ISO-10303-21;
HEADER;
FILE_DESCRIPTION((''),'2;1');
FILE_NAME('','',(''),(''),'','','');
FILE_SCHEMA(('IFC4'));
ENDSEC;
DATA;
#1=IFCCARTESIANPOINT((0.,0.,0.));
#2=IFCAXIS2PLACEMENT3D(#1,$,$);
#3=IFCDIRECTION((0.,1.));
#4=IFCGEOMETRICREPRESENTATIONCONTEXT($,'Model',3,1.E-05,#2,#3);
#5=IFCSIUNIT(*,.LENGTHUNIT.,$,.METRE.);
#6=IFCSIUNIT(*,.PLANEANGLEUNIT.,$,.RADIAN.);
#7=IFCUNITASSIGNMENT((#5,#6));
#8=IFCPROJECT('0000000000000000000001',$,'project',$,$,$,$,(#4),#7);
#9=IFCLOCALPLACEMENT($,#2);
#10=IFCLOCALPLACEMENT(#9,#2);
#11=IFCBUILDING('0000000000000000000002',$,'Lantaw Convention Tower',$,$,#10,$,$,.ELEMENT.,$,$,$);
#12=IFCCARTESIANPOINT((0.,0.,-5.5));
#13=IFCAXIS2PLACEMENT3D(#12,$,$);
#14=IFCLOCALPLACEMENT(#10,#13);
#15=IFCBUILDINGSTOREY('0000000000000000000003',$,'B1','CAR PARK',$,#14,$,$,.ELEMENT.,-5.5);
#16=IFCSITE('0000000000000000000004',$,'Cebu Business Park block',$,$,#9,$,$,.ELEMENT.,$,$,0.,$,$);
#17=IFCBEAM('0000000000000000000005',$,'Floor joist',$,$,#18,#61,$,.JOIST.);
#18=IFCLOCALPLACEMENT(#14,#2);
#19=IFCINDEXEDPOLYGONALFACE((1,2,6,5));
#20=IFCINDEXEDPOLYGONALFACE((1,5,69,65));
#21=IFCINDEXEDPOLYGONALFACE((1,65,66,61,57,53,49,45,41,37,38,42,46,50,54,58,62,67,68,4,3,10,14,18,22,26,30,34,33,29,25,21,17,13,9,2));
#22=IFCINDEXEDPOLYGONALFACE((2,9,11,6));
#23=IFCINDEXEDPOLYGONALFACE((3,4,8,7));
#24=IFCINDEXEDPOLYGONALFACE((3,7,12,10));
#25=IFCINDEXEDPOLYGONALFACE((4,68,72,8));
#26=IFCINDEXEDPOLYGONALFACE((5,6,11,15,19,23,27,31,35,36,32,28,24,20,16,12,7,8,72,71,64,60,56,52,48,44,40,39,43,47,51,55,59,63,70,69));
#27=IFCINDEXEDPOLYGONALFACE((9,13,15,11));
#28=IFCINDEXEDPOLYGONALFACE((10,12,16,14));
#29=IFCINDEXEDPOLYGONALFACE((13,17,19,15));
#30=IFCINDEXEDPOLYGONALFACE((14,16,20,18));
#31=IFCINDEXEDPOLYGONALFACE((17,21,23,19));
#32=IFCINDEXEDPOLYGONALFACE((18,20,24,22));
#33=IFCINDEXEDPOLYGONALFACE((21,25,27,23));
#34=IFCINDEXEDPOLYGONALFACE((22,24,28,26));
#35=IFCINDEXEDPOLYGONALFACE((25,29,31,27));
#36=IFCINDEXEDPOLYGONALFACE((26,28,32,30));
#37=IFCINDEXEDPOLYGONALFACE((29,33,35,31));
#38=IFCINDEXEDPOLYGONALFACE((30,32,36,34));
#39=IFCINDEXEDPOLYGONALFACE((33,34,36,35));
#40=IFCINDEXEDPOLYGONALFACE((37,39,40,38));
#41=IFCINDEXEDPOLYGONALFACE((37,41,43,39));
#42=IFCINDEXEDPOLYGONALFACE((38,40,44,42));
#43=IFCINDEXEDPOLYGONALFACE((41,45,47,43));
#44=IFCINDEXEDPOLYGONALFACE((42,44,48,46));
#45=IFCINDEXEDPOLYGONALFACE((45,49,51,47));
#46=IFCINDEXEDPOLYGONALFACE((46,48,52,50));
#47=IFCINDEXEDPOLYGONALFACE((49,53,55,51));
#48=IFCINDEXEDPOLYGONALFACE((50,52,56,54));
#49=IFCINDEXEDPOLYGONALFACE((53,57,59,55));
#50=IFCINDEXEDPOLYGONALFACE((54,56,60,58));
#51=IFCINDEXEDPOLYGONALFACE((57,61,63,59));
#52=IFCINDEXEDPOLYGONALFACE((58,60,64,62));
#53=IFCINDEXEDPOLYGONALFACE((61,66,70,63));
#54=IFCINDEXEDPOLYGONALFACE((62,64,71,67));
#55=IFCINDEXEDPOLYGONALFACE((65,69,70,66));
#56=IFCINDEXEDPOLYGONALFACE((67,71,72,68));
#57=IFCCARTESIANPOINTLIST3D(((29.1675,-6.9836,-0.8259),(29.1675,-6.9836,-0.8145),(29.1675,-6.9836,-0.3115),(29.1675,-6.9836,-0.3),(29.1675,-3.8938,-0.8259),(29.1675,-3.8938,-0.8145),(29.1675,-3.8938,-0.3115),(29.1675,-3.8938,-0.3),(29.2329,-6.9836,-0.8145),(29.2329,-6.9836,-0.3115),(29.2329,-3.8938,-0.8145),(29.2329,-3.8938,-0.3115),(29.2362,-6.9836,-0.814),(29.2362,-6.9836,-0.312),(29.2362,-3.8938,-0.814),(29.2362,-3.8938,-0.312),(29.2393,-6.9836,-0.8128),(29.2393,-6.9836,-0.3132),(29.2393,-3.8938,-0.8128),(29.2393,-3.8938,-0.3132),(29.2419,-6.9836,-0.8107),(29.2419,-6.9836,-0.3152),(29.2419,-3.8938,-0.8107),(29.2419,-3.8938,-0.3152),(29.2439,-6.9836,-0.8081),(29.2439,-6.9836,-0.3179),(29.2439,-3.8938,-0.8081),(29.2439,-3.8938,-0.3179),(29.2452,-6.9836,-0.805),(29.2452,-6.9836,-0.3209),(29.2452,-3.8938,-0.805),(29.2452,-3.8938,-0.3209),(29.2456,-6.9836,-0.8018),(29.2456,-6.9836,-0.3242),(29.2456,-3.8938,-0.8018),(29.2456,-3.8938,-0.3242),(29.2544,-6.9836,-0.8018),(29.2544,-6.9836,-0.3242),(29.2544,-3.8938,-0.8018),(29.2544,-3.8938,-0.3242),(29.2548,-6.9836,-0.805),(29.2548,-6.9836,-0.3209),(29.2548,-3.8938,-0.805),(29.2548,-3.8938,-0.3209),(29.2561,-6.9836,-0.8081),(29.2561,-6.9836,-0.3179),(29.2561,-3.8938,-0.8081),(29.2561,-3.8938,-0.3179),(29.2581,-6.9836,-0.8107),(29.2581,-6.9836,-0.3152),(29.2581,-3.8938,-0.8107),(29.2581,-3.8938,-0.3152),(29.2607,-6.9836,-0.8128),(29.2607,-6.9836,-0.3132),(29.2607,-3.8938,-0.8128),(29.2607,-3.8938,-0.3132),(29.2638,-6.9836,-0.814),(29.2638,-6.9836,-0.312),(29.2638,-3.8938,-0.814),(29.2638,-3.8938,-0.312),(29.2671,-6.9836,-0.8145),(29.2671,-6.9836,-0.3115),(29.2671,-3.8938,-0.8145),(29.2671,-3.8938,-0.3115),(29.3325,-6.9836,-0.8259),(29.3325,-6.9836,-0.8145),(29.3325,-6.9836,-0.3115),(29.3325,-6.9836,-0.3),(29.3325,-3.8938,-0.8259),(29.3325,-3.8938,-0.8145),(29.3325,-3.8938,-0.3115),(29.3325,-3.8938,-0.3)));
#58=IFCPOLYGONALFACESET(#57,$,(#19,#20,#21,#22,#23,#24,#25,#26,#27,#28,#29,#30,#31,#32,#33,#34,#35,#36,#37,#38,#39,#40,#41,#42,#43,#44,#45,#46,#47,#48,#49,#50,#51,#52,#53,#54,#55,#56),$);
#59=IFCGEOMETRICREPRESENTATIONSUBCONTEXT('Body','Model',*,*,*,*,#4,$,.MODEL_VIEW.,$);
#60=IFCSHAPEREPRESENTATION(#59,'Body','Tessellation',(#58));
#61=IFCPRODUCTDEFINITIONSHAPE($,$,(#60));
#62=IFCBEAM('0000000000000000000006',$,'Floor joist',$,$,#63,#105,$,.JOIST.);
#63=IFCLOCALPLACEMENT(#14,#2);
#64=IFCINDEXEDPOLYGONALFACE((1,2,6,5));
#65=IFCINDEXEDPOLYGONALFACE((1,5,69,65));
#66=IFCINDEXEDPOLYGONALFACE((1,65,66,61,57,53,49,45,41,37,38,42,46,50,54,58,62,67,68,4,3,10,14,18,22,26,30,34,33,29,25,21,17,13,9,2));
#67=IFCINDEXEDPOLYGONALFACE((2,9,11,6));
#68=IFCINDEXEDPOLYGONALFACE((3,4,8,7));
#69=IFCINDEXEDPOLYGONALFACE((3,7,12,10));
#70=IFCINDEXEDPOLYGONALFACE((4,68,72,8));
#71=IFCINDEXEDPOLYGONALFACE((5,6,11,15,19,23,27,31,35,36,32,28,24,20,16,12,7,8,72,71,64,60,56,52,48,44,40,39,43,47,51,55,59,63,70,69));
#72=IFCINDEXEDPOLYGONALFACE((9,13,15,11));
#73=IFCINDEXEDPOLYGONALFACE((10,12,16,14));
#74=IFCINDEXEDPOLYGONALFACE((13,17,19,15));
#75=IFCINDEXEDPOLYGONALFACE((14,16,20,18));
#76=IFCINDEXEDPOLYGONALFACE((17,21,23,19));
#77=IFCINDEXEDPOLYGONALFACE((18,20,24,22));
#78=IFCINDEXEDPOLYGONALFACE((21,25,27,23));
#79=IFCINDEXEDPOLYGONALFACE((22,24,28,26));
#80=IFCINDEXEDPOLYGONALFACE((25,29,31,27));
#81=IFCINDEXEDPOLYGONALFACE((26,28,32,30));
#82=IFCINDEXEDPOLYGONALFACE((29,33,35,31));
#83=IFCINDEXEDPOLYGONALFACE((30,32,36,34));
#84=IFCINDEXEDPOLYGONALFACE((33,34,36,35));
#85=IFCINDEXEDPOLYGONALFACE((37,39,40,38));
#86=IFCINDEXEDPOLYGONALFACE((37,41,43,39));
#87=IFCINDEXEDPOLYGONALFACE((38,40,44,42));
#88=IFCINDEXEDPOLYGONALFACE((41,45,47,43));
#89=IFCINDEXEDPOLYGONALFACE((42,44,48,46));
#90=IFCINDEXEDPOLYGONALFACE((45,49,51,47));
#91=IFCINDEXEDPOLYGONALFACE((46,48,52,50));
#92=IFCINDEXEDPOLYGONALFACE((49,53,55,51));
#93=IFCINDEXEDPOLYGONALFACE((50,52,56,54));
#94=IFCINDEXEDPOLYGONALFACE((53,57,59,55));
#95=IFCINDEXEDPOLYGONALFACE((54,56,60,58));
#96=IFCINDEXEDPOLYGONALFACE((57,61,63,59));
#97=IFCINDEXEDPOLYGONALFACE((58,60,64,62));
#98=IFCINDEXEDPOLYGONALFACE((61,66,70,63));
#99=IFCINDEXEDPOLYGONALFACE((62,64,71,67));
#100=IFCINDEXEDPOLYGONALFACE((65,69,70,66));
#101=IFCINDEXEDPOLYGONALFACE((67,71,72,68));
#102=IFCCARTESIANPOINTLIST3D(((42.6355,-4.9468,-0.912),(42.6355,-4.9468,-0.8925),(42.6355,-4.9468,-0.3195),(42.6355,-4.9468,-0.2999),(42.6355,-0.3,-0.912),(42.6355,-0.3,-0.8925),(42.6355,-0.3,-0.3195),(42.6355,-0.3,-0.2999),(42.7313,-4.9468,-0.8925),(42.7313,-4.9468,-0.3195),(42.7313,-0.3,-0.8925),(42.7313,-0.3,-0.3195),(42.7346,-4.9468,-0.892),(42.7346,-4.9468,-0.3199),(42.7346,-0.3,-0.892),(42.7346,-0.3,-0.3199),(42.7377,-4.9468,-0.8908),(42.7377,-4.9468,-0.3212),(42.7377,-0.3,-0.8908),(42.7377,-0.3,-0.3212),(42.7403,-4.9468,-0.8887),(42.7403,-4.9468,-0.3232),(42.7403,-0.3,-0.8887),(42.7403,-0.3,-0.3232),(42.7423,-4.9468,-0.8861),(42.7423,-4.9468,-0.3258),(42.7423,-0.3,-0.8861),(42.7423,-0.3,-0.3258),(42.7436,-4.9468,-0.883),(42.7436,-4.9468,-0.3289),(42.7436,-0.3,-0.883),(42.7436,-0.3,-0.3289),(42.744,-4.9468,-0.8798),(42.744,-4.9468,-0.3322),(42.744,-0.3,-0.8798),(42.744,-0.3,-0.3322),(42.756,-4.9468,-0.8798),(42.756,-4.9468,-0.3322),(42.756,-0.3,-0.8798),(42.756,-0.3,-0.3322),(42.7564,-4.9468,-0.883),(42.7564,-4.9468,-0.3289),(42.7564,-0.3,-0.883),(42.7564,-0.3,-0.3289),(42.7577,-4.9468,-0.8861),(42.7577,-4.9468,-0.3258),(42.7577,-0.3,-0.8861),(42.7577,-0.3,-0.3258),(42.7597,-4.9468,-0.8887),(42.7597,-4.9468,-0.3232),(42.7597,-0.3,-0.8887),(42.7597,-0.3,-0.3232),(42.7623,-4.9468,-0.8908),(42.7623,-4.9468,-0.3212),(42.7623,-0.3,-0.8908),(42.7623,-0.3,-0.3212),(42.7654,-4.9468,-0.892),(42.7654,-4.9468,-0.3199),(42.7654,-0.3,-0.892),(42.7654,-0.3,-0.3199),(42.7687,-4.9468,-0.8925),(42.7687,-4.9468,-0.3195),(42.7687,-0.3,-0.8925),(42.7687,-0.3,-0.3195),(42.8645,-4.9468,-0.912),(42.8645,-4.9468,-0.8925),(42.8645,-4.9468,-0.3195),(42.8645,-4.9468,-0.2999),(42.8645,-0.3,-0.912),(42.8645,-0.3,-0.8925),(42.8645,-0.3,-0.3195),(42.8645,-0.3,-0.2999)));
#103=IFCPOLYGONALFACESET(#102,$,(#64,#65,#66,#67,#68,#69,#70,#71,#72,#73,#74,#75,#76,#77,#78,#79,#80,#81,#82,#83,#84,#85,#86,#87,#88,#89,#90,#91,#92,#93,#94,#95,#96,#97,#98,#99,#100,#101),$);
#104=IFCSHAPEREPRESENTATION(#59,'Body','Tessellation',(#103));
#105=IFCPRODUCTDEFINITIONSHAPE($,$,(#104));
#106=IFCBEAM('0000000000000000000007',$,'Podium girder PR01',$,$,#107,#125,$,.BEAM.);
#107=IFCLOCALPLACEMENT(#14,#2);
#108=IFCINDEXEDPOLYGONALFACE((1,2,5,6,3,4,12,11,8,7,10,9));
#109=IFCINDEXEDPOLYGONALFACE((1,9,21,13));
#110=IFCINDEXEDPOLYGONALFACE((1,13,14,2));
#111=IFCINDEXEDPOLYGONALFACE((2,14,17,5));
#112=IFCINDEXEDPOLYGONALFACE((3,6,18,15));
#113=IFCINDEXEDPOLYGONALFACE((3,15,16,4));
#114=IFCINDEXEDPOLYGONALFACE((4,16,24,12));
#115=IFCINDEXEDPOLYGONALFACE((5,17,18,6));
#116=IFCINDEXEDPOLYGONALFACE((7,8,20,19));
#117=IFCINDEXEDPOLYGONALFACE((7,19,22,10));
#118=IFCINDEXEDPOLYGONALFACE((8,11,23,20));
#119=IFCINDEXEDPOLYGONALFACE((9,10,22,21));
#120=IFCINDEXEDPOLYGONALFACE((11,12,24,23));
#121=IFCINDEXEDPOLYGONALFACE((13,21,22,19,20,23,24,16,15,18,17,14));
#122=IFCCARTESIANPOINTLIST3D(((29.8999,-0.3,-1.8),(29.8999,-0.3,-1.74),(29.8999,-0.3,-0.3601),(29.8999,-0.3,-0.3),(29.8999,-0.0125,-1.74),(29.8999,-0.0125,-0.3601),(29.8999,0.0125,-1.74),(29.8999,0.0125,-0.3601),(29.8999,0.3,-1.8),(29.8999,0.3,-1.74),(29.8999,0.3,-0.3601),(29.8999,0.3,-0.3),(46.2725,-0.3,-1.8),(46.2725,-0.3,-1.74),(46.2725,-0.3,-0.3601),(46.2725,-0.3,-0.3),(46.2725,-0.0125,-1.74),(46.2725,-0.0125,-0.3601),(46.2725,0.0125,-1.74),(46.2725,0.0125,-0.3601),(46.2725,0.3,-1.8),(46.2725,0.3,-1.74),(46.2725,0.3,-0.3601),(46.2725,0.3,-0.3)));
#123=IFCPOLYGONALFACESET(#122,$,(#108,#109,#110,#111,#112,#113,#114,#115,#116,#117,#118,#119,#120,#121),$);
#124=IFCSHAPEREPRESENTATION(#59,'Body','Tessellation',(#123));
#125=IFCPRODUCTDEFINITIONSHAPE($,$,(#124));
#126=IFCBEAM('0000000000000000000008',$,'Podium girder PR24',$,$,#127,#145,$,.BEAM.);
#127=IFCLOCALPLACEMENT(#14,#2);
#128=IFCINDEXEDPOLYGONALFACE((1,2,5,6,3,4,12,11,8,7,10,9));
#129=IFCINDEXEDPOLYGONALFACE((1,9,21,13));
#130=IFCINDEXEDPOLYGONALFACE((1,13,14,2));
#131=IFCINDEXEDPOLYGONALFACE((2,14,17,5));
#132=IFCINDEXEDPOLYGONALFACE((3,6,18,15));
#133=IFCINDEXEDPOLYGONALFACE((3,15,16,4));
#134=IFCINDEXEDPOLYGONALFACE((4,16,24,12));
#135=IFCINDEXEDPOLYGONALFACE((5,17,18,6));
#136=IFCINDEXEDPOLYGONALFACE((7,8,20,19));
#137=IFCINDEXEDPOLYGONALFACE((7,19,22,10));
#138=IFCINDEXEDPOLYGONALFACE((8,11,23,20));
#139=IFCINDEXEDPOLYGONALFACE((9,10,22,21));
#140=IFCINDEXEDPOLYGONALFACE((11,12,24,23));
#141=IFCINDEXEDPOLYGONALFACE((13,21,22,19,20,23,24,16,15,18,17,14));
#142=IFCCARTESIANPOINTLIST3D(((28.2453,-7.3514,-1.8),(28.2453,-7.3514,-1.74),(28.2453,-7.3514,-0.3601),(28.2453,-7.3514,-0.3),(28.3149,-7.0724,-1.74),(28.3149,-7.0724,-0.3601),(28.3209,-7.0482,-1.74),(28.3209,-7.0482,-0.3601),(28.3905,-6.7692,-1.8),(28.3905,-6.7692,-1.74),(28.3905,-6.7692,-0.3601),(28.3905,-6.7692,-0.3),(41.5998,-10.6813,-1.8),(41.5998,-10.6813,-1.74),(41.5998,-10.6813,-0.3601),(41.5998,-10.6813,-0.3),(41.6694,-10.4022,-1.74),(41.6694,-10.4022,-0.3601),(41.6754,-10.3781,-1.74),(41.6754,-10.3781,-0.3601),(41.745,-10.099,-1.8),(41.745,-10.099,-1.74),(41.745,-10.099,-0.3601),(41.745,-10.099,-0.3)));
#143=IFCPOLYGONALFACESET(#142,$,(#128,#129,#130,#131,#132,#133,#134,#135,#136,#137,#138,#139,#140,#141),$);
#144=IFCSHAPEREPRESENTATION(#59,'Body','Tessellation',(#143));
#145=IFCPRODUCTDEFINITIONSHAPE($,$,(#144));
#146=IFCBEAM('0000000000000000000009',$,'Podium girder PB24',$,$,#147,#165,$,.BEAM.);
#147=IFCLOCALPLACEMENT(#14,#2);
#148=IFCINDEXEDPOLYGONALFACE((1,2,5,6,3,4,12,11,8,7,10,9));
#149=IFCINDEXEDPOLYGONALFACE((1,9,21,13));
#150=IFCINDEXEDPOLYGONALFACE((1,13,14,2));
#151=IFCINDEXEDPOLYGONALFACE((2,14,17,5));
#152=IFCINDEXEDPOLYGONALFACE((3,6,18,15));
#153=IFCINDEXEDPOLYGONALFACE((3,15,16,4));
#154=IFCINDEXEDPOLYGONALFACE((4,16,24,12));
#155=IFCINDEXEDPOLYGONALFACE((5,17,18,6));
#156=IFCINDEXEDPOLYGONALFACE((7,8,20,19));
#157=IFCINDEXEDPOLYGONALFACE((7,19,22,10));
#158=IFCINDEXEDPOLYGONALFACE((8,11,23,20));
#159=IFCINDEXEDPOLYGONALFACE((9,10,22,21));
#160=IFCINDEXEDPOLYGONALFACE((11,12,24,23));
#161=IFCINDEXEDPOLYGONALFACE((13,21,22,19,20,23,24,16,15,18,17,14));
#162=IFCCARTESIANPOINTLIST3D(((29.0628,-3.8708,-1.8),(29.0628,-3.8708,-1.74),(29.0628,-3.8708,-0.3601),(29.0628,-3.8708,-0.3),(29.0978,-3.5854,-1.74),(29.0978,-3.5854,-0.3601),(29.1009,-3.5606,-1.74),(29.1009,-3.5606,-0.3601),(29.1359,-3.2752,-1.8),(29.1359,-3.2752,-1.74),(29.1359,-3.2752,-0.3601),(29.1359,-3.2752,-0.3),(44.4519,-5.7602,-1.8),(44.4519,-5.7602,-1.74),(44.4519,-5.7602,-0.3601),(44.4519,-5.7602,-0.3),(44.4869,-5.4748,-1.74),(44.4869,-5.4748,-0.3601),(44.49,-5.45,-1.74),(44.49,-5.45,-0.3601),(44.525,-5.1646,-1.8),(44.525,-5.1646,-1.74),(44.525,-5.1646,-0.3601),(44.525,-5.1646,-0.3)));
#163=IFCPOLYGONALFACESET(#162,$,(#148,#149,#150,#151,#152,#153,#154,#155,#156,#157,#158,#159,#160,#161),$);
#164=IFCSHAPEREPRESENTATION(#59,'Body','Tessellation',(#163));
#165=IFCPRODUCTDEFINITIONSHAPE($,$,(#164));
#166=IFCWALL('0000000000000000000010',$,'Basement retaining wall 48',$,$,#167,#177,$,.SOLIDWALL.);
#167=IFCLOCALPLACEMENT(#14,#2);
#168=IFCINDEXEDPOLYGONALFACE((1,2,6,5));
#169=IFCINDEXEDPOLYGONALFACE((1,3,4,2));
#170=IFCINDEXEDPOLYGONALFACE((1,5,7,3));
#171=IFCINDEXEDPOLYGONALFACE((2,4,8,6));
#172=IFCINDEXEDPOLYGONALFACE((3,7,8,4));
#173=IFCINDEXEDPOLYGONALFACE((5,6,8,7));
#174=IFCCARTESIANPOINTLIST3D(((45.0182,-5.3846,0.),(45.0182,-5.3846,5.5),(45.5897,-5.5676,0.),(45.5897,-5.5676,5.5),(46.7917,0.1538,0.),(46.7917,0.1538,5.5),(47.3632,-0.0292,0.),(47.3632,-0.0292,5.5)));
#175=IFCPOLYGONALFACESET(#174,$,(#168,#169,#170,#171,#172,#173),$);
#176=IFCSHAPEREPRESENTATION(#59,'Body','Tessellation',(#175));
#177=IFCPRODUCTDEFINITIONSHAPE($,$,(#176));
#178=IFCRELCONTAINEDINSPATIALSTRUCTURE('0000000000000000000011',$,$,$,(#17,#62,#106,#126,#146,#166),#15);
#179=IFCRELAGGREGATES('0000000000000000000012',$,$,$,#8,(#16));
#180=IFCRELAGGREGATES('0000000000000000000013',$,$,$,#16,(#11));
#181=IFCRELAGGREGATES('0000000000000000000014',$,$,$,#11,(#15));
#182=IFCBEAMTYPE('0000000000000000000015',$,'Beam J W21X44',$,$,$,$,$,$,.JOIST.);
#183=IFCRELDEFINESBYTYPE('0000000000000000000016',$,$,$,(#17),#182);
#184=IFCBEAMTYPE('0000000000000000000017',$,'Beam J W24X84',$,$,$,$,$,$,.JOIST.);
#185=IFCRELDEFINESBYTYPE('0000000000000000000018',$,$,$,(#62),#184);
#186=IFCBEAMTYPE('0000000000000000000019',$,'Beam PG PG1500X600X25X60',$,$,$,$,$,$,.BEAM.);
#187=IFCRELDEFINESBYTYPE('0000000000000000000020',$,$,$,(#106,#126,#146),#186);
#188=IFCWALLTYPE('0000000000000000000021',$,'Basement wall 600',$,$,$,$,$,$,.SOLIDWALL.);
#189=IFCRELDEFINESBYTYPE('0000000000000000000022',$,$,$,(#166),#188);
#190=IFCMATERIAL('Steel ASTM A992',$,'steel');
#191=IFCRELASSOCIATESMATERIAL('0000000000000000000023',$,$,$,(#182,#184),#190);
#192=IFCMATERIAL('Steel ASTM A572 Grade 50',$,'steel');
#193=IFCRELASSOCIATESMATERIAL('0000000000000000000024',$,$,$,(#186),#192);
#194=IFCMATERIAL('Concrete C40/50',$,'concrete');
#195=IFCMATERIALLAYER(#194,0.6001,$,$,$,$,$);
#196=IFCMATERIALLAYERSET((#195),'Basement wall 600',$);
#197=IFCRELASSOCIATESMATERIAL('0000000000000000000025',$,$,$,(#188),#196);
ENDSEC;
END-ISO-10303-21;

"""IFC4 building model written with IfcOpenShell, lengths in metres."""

from ifc_helpers import new_model, si_unit, direction, frame, frame_2d, origin, origin_2d, place, context, subcontext, project, spatial, rectangle, i_section, extrude, material, layer, layer_set, material_profile, profile_set, type_object, element, save


model = new_model("IFC4")

# Units and contexts
model_context = context("Model", 3, precision=1e-05, world=origin(), true_north=direction((0.0, 1.0)))
body_context = subcontext(model_context, "Body", "Model", "MODEL_VIEW")
ifc_project = project(units=[si_unit("LENGTHUNIT", "METRE"), si_unit("PLANEANGLEUNIT", "RADIAN")], contexts=[model_context])

# Site, building, storey
site_placement = place(None, origin())
site = spatial("IfcSite", under=ifc_project, at=site_placement, Name="Cebu Business Park block", CompositionType="ELEMENT", RefElevation=0.0)
building_placement = place(site_placement, origin())
building = spatial("IfcBuilding", under=site, at=building_placement, Name="Lantaw Convention Tower", CompositionType="ELEMENT")
storey_placement = place(building_placement, frame((0.0, 0.0, -5.5)))
storey = spatial("IfcBuildingStorey", under=building, at=storey_placement, Name="B1", Description="CAR PARK", CompositionType="ELEMENT", Elevation=-5.5)

# Shared definitions
ifc_material_1 = material(Name="Steel ASTM A572 Grade 50", Category="steel")

# Beams
ifc_material_2 = material(Name="Steel ASTM A992", Category="steel")
ifc_material_profile_1 = material_profile(ifc_material_2, i_section(OverallWidth=0.165, OverallDepth=0.5259, WebThickness=0.0088, FlangeThickness=0.0115, FilletRadius=0.0127, at=origin_2d()), Name="W21X44")
ifc_profile_set_1 = profile_set([ifc_material_profile_1], Name="Steel ASTM A992")
beam_type_1 = type_object("IfcBeamType", Name="Beam J W21X44", PredefinedType="JOIST", material=ifc_profile_set_1)
beam_1_placement = place(storey_placement, frame((29.25, -6.9836, -0.563), z_axis=(0.0, 1.0, 0.0), x_axis=(-1.0, 0.0, 0.0)))
element("IfcBeam", 1, at=beam_1_placement, inside=storey, type_object=beam_type_1, Name="Floor joist", PredefinedType="JOIST", context=body_context, shape_type="SweptSolid", body=[
    extrude(i_section(OverallWidth=0.165, OverallDepth=0.5259, WebThickness=0.0088, FlangeThickness=0.0115, FilletRadius=0.0127, at=origin_2d()), origin(), (0.0, 0.0, 1.0), 3.0898),
])
ifc_material_profile_2 = material_profile(ifc_material_2, i_section(OverallWidth=0.229, OverallDepth=0.6121, WebThickness=0.012, FlangeThickness=0.0195, FilletRadius=0.0127, at=origin_2d()), Name="W24X84")
ifc_profile_set_2 = profile_set([ifc_material_profile_2], Name="Steel ASTM A992")
beam_type_2 = type_object("IfcBeamType", Name="Beam J W24X84", PredefinedType="JOIST", material=ifc_profile_set_2)
beam_2_placement = place(storey_placement, frame((42.75, -4.9468, -0.606), z_axis=(0.0, 1.0, 0.0), x_axis=(-1.0, 0.0, 0.0)))
element("IfcBeam", 2, at=beam_2_placement, inside=storey, type_object=beam_type_2, Name="Floor joist", PredefinedType="JOIST", context=body_context, shape_type="SweptSolid", body=[
    extrude(i_section(OverallWidth=0.229, OverallDepth=0.6121, WebThickness=0.012, FlangeThickness=0.0195, FilletRadius=0.0127, at=origin_2d()), origin(), (0.0, 0.0, 1.0), 4.6467),
])
ifc_material_profile_3 = material_profile(ifc_material_1, i_section(OverallWidth=0.6001, OverallDepth=1.5, WebThickness=0.0249, FlangeThickness=0.0601, at=origin_2d()), Name="PG1500X600X25X60")
ifc_profile_set_3 = profile_set([ifc_material_profile_3], Name="Steel ASTM A572 Grade 50")
beam_type_3 = type_object("IfcBeamType", Name="Beam PG PG1500X600X25X60", PredefinedType="BEAM", material=ifc_profile_set_3)
beam_3_placement = place(storey_placement, frame((29.8999, 0.0, -1.05), z_axis=(1.0, 0.0, 0.0), x_axis=(0.0, 1.0, 0.0)))
element("IfcBeam", 3, at=beam_3_placement, inside=storey, type_object=beam_type_3, Name="Podium girder PR01", PredefinedType="BEAM", context=body_context, shape_type="SweptSolid", body=[
    extrude(i_section(OverallWidth=0.6001, OverallDepth=1.5, WebThickness=0.0249, FlangeThickness=0.0601, at=origin_2d()), origin(), (0.0, 0.0, 1.0), 16.3726),
])
beam_4_placement = place(storey_placement, frame((28.3179, -7.0603, -1.05), z_axis=(0.970293, -0.241935, 0.0), x_axis=(0.241935, 0.970293, 0.0)))
element("IfcBeam", 4, at=beam_4_placement, inside=storey, type_object=beam_type_3, Name="Podium girder PR24", PredefinedType="BEAM", context=body_context, shape_type="SweptSolid", body=[
    extrude(i_section(OverallWidth=0.6001, OverallDepth=1.5, WebThickness=0.0249, FlangeThickness=0.0601, at=origin_2d()), origin(), (0.0, 0.0, 1.0), 13.7634),
])
beam_5_placement = place(storey_placement, frame((29.0994, -3.573, -1.05), z_axis=(0.992547, -0.12186, 0.0), x_axis=(0.12186, 0.992547, 0.0)))
element("IfcBeam", 5, at=beam_5_placement, inside=storey, type_object=beam_type_3, Name="Podium girder PB24", PredefinedType="BEAM", context=body_context, shape_type="SweptSolid", body=[
    extrude(i_section(OverallWidth=0.6001, OverallDepth=1.5, WebThickness=0.0249, FlangeThickness=0.0601, at=origin_2d()), origin(), (0.0, 0.0, 1.0), 15.5046),
])

# Wall
ifc_material_3 = material(Name="Concrete C40/50", Category="concrete")
ifc_layer_1 = layer(ifc_material_3, 0.6001)
ifc_layer_set_1 = layer_set([ifc_layer_1], Name="Basement wall 600")
wall_type_1 = type_object("IfcWallType", Name="Basement wall 600", PredefinedType="SOLIDWALL", material=ifc_layer_set_1)
wall_1_placement = place(storey_placement, frame((45.304, -5.4761, 0.0), z_axis=(0.0, 0.0, 1.0), x_axis=(0.304959, 0.952366, 0.0)))
element("IfcWall", 6, at=wall_1_placement, inside=storey, type_object=wall_type_1, Name="Basement retaining wall 48", PredefinedType="SOLIDWALL", context=body_context, shape_type="SweptSolid", body=[
    extrude(rectangle(XDim=5.8154, YDim=0.6001, at=frame_2d((2.9077, 0.0))), origin(), (0.0, 0.0, 1.0), 5.5),
])

save(model, "model.ifc")
